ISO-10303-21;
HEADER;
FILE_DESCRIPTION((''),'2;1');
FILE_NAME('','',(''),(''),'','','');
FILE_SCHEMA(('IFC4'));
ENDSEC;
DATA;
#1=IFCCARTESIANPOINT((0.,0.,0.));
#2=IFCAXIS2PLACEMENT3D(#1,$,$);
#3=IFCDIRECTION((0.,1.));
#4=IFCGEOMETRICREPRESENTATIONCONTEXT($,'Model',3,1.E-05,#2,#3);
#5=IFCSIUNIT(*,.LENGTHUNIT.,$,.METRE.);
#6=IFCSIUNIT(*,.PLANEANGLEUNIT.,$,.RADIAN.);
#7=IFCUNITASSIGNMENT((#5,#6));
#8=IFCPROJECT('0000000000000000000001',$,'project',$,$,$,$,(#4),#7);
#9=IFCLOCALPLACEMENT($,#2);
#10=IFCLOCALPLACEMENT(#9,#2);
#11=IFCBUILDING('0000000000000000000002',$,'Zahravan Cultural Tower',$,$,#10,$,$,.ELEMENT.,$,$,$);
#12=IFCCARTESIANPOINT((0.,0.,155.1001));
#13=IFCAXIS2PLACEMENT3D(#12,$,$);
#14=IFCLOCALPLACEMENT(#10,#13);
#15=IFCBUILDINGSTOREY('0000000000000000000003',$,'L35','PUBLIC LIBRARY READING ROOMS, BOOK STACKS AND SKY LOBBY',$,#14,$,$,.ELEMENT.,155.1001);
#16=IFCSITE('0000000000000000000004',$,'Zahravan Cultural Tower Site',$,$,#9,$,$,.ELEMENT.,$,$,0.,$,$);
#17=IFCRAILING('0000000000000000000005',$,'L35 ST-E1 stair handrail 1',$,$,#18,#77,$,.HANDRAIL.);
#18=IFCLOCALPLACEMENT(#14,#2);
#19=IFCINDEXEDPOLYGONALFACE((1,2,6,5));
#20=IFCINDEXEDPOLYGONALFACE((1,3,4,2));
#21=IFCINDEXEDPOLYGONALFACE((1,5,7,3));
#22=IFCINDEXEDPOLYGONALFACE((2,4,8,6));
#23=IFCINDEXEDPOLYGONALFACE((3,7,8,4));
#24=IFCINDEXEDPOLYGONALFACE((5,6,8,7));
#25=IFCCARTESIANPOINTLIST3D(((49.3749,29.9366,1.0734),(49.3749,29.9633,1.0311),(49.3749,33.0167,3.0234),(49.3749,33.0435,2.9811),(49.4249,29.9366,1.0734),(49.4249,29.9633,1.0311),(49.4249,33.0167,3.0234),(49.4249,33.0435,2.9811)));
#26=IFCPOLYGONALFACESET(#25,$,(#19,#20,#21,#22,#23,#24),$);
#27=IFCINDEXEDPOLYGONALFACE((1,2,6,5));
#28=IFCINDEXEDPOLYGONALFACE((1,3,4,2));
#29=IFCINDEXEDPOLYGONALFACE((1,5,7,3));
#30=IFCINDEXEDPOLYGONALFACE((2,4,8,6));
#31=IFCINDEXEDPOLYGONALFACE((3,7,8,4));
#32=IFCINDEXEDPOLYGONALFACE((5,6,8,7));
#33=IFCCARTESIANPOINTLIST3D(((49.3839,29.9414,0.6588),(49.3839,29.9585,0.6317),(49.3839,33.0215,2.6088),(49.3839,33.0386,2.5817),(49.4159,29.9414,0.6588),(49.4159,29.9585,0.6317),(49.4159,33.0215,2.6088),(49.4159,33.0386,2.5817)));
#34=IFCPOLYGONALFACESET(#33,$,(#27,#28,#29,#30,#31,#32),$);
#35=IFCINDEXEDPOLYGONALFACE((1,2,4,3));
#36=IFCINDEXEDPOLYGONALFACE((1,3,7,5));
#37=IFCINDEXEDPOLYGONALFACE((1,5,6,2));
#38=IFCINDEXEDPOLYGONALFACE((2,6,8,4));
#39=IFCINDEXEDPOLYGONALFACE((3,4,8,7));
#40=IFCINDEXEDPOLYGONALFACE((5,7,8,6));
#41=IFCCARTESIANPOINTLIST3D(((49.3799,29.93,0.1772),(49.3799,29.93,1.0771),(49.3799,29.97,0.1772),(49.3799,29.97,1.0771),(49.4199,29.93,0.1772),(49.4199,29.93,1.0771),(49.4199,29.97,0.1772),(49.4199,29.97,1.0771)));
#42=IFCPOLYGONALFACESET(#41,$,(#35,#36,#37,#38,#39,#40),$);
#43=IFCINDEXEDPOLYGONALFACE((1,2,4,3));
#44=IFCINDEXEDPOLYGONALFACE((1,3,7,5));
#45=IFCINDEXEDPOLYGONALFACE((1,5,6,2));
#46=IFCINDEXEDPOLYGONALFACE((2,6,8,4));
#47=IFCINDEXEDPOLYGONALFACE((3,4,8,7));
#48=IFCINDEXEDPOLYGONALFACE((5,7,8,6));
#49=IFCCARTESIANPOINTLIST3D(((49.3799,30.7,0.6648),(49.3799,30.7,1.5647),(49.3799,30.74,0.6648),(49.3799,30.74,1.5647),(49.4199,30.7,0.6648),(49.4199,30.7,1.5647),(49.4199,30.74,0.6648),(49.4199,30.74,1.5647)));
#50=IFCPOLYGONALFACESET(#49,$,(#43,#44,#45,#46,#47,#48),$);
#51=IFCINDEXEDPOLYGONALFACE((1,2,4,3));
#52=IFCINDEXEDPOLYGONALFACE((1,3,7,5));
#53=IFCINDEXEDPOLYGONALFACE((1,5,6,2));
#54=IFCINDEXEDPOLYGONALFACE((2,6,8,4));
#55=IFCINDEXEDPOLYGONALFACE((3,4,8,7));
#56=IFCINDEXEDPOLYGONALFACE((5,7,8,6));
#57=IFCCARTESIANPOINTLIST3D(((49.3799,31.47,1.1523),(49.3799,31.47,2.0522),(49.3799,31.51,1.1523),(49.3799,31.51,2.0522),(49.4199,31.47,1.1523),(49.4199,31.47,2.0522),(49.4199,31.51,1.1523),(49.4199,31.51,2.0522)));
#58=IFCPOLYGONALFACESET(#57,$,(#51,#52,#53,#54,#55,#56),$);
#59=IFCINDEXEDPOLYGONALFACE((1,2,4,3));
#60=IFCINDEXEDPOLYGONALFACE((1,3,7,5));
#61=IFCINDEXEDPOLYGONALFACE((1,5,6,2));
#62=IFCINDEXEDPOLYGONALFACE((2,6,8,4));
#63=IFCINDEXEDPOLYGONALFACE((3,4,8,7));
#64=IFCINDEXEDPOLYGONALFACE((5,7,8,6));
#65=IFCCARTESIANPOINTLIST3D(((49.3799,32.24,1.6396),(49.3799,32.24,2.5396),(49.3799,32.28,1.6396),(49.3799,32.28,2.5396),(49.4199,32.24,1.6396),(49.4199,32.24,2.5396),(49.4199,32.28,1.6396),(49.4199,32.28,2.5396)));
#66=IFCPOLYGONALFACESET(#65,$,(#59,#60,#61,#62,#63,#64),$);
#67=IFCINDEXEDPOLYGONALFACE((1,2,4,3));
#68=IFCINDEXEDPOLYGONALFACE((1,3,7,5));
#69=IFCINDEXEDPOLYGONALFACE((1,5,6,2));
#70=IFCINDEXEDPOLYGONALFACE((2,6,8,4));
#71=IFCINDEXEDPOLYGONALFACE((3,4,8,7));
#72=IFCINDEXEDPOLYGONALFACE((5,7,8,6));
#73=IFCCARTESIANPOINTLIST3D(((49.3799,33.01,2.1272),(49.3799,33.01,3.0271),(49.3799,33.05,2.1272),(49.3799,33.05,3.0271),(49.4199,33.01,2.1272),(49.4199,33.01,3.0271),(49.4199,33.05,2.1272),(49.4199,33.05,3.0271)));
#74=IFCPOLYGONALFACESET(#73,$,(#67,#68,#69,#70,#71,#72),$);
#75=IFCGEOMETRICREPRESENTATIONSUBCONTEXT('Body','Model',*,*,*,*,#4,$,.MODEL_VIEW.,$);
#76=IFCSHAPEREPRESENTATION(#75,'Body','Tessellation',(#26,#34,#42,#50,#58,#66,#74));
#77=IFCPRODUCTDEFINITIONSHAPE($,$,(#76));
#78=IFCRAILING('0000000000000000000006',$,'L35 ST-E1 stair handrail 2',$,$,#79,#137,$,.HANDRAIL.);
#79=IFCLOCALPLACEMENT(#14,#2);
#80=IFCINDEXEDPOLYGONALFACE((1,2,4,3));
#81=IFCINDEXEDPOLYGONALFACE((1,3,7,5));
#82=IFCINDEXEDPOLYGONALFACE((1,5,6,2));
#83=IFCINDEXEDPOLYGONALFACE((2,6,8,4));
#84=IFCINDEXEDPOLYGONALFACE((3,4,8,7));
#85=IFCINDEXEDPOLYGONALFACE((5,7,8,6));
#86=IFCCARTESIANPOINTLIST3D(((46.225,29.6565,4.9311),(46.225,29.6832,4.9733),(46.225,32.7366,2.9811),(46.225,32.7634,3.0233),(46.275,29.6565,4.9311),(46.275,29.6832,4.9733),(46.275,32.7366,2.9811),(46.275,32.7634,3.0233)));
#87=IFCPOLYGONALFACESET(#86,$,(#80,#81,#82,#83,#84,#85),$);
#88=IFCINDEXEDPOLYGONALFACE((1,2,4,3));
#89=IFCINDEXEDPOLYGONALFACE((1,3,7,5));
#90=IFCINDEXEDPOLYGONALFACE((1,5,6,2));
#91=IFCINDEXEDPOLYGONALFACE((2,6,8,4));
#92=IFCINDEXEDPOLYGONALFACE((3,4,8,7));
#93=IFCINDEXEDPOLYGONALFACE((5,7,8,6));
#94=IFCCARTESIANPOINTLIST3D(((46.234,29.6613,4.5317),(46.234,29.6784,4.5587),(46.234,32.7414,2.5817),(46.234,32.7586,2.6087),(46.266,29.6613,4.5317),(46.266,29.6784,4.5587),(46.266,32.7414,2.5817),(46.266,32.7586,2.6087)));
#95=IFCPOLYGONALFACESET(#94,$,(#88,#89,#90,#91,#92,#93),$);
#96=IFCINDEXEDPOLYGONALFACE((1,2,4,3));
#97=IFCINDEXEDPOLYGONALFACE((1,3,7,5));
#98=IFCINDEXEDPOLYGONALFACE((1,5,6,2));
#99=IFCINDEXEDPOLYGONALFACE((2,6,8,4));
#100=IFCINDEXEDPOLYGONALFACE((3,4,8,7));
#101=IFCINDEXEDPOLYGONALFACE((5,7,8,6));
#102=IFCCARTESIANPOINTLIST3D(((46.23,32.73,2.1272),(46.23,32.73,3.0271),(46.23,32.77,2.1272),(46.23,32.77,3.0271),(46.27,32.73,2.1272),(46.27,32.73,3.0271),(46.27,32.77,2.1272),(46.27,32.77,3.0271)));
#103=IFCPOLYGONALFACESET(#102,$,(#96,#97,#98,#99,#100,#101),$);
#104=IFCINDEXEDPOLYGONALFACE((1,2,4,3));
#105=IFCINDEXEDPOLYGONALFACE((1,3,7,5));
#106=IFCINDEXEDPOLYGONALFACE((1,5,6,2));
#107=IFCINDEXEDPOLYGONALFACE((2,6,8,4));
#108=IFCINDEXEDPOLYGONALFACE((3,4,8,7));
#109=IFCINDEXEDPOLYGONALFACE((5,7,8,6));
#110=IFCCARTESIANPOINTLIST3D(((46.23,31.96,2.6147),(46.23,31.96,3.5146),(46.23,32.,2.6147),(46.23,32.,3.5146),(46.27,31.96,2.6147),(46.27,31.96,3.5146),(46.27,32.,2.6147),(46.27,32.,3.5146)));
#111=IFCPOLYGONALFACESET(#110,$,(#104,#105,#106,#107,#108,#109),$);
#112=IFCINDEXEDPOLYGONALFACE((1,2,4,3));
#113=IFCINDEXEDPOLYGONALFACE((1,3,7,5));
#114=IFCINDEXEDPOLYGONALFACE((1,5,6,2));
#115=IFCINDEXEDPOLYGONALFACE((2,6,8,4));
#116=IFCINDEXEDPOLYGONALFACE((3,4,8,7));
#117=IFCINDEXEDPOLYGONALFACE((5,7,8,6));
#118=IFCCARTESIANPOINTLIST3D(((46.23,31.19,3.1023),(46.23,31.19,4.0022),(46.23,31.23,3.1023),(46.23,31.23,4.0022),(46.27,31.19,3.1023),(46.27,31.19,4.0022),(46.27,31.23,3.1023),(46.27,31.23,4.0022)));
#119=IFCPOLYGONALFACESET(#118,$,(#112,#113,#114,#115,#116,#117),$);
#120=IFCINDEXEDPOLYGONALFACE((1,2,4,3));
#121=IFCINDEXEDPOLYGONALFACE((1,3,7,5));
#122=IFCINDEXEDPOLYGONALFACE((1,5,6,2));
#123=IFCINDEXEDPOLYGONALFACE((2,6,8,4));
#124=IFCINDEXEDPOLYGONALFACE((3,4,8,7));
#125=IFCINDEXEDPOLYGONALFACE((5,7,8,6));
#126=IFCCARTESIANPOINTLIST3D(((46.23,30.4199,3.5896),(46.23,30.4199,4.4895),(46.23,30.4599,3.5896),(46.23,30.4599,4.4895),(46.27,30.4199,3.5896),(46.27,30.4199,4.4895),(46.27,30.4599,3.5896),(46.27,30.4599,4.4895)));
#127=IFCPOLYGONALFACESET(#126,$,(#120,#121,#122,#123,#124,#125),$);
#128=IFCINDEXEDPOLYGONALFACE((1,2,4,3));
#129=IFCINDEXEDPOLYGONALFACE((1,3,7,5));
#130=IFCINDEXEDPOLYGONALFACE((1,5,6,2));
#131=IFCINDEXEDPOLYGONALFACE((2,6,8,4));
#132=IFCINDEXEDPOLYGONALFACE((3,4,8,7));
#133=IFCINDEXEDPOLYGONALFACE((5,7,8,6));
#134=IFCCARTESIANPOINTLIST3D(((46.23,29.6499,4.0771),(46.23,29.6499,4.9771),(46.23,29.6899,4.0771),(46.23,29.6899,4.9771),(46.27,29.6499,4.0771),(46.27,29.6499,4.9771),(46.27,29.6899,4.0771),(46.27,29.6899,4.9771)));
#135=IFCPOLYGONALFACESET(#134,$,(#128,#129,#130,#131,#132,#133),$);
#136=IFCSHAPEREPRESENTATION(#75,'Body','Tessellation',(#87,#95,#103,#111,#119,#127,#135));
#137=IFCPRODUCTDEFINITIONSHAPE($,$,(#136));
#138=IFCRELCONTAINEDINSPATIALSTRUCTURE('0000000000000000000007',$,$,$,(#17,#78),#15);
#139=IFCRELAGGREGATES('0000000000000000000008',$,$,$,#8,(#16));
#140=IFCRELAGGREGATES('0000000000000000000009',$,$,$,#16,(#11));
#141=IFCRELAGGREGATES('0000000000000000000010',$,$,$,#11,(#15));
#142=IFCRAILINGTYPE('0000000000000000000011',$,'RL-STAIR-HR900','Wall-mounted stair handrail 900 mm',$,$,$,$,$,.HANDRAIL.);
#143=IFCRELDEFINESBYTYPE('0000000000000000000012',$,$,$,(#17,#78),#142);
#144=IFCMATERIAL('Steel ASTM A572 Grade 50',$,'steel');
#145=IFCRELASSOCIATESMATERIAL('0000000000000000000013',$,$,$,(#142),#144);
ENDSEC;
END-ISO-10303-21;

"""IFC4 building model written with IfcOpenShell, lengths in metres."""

from ifc_helpers import new_model, si_unit, direction, frame, origin, origin_2d, place, context, subcontext, project, spatial, rectangle, extrude, material, type_object, element, save


model = new_model("IFC4")

# Units and contexts
model_context = context("Model", 3, precision=1e-05, world=origin(), true_north=direction((0.0, 1.0)))
body_context = subcontext(model_context, "Body", "Model", "MODEL_VIEW")
ifc_project = project(units=[si_unit("LENGTHUNIT", "METRE"), si_unit("PLANEANGLEUNIT", "RADIAN")], contexts=[model_context])

# Site, building, storey
site_placement = place(None, origin())
site = spatial("IfcSite", under=ifc_project, at=site_placement, Name="Zahravan Cultural Tower Site", CompositionType="ELEMENT", RefElevation=0.0)
building_placement = place(site_placement, origin())
building = spatial("IfcBuilding", under=site, at=building_placement, Name="Zahravan Cultural Tower", CompositionType="ELEMENT")
storey_placement = place(building_placement, frame((0.0, 0.0, 155.1001)))
storey = spatial("IfcBuildingStorey", under=building, at=storey_placement, Name="L35", Description="PUBLIC LIBRARY READING ROOMS, BOOK STACKS AND SKY LOBBY", CompositionType="ELEMENT", Elevation=155.1001)

# Shared definitions
ifc_material_1 = material(Name="Steel ASTM A572 Grade 50", Category="steel")

# Railings
railing_type_1 = type_object("IfcRailingType", Name="RL-STAIR-HR900", Description="Wall-mounted stair handrail 900 mm", PredefinedType="HANDRAIL", material=ifc_material_1)
railing_1_placement = place(storey_placement, frame((49.3999, 29.95, 0.1772)))
element("IfcRailing", 1, at=railing_1_placement, inside=storey, type_object=railing_type_1, Name="L35 ST-E1 stair handrail 1", PredefinedType="HANDRAIL", context=body_context, shape_type="SweptSolid", body=[
    extrude(rectangle(XDim=0.05, YDim=0.05, at=origin_2d()), frame((0.0, 0.0, 0.875), z_axis=(0.0, 0.844914, 0.534902), x_axis=(-1.0, 0.0, 0.0)), (0.0, 0.0, 1.0), 3.6455),
    extrude(rectangle(XDim=0.032, YDim=0.032, at=origin_2d()), frame((0.0, 0.0, 0.468), z_axis=(0.0, 0.844914, 0.534902), x_axis=(-1.0, 0.0, 0.0)), (0.0, 0.0, 1.0), 3.6455),
    extrude(rectangle(XDim=0.04, YDim=0.04, at=origin_2d()), origin(), (0.0, 0.0, 1.0), 0.8999),
    extrude(rectangle(XDim=0.04, YDim=0.04, at=origin_2d()), frame((0.0, 0.77, 0.4875)), (0.0, 0.0, 1.0), 0.8999),
    extrude(rectangle(XDim=0.04, YDim=0.04, at=origin_2d()), frame((0.0, 1.54, 0.9751)), (0.0, 0.0, 1.0), 0.8999),
    extrude(rectangle(XDim=0.04, YDim=0.04, at=origin_2d()), frame((0.0, 2.3101, 1.4624)), (0.0, 0.0, 1.0), 0.8999),
    extrude(rectangle(XDim=0.04, YDim=0.04, at=origin_2d()), frame((0.0, 3.0801, 1.95)), (0.0, 0.0, 1.0), 0.8999),
])
railing_2_placement = place(storey_placement, frame((46.25, 32.75, 2.1272)))
element("IfcRailing", 2, at=railing_2_placement, inside=storey, type_object=railing_type_1, Name="L35 ST-E1 stair handrail 2", PredefinedType="HANDRAIL", context=body_context, shape_type="SweptSolid", body=[
    extrude(rectangle(XDim=0.05, YDim=0.05, at=origin_2d()), frame((0.0, 0.0, 0.875), z_axis=(0.0, -0.844914, 0.534902), x_axis=(1.0, 0.0, 0.0)), (0.0, 0.0, 1.0), 3.6455),
    extrude(rectangle(XDim=0.032, YDim=0.032, at=origin_2d()), frame((0.0, 0.0, 0.468), z_axis=(0.0, -0.844914, 0.534902), x_axis=(1.0, 0.0, 0.0)), (0.0, 0.0, 1.0), 3.6455),
    extrude(rectangle(XDim=0.04, YDim=0.04, at=origin_2d()), origin(), (0.0, 0.0, 1.0), 0.8999),
    extrude(rectangle(XDim=0.04, YDim=0.04, at=origin_2d()), frame((0.0, -0.77, 0.4875)), (0.0, 0.0, 1.0), 0.8999),
    extrude(rectangle(XDim=0.04, YDim=0.04, at=origin_2d()), frame((0.0, -1.54, 0.9751)), (0.0, 0.0, 1.0), 0.8999),
    extrude(rectangle(XDim=0.04, YDim=0.04, at=origin_2d()), frame((0.0, -2.3101, 1.4624)), (0.0, 0.0, 1.0), 0.8999),
    extrude(rectangle(XDim=0.04, YDim=0.04, at=origin_2d()), frame((0.0, -3.0801, 1.95)), (0.0, 0.0, 1.0), 0.8999),
])

save(model, "model.ifc")
